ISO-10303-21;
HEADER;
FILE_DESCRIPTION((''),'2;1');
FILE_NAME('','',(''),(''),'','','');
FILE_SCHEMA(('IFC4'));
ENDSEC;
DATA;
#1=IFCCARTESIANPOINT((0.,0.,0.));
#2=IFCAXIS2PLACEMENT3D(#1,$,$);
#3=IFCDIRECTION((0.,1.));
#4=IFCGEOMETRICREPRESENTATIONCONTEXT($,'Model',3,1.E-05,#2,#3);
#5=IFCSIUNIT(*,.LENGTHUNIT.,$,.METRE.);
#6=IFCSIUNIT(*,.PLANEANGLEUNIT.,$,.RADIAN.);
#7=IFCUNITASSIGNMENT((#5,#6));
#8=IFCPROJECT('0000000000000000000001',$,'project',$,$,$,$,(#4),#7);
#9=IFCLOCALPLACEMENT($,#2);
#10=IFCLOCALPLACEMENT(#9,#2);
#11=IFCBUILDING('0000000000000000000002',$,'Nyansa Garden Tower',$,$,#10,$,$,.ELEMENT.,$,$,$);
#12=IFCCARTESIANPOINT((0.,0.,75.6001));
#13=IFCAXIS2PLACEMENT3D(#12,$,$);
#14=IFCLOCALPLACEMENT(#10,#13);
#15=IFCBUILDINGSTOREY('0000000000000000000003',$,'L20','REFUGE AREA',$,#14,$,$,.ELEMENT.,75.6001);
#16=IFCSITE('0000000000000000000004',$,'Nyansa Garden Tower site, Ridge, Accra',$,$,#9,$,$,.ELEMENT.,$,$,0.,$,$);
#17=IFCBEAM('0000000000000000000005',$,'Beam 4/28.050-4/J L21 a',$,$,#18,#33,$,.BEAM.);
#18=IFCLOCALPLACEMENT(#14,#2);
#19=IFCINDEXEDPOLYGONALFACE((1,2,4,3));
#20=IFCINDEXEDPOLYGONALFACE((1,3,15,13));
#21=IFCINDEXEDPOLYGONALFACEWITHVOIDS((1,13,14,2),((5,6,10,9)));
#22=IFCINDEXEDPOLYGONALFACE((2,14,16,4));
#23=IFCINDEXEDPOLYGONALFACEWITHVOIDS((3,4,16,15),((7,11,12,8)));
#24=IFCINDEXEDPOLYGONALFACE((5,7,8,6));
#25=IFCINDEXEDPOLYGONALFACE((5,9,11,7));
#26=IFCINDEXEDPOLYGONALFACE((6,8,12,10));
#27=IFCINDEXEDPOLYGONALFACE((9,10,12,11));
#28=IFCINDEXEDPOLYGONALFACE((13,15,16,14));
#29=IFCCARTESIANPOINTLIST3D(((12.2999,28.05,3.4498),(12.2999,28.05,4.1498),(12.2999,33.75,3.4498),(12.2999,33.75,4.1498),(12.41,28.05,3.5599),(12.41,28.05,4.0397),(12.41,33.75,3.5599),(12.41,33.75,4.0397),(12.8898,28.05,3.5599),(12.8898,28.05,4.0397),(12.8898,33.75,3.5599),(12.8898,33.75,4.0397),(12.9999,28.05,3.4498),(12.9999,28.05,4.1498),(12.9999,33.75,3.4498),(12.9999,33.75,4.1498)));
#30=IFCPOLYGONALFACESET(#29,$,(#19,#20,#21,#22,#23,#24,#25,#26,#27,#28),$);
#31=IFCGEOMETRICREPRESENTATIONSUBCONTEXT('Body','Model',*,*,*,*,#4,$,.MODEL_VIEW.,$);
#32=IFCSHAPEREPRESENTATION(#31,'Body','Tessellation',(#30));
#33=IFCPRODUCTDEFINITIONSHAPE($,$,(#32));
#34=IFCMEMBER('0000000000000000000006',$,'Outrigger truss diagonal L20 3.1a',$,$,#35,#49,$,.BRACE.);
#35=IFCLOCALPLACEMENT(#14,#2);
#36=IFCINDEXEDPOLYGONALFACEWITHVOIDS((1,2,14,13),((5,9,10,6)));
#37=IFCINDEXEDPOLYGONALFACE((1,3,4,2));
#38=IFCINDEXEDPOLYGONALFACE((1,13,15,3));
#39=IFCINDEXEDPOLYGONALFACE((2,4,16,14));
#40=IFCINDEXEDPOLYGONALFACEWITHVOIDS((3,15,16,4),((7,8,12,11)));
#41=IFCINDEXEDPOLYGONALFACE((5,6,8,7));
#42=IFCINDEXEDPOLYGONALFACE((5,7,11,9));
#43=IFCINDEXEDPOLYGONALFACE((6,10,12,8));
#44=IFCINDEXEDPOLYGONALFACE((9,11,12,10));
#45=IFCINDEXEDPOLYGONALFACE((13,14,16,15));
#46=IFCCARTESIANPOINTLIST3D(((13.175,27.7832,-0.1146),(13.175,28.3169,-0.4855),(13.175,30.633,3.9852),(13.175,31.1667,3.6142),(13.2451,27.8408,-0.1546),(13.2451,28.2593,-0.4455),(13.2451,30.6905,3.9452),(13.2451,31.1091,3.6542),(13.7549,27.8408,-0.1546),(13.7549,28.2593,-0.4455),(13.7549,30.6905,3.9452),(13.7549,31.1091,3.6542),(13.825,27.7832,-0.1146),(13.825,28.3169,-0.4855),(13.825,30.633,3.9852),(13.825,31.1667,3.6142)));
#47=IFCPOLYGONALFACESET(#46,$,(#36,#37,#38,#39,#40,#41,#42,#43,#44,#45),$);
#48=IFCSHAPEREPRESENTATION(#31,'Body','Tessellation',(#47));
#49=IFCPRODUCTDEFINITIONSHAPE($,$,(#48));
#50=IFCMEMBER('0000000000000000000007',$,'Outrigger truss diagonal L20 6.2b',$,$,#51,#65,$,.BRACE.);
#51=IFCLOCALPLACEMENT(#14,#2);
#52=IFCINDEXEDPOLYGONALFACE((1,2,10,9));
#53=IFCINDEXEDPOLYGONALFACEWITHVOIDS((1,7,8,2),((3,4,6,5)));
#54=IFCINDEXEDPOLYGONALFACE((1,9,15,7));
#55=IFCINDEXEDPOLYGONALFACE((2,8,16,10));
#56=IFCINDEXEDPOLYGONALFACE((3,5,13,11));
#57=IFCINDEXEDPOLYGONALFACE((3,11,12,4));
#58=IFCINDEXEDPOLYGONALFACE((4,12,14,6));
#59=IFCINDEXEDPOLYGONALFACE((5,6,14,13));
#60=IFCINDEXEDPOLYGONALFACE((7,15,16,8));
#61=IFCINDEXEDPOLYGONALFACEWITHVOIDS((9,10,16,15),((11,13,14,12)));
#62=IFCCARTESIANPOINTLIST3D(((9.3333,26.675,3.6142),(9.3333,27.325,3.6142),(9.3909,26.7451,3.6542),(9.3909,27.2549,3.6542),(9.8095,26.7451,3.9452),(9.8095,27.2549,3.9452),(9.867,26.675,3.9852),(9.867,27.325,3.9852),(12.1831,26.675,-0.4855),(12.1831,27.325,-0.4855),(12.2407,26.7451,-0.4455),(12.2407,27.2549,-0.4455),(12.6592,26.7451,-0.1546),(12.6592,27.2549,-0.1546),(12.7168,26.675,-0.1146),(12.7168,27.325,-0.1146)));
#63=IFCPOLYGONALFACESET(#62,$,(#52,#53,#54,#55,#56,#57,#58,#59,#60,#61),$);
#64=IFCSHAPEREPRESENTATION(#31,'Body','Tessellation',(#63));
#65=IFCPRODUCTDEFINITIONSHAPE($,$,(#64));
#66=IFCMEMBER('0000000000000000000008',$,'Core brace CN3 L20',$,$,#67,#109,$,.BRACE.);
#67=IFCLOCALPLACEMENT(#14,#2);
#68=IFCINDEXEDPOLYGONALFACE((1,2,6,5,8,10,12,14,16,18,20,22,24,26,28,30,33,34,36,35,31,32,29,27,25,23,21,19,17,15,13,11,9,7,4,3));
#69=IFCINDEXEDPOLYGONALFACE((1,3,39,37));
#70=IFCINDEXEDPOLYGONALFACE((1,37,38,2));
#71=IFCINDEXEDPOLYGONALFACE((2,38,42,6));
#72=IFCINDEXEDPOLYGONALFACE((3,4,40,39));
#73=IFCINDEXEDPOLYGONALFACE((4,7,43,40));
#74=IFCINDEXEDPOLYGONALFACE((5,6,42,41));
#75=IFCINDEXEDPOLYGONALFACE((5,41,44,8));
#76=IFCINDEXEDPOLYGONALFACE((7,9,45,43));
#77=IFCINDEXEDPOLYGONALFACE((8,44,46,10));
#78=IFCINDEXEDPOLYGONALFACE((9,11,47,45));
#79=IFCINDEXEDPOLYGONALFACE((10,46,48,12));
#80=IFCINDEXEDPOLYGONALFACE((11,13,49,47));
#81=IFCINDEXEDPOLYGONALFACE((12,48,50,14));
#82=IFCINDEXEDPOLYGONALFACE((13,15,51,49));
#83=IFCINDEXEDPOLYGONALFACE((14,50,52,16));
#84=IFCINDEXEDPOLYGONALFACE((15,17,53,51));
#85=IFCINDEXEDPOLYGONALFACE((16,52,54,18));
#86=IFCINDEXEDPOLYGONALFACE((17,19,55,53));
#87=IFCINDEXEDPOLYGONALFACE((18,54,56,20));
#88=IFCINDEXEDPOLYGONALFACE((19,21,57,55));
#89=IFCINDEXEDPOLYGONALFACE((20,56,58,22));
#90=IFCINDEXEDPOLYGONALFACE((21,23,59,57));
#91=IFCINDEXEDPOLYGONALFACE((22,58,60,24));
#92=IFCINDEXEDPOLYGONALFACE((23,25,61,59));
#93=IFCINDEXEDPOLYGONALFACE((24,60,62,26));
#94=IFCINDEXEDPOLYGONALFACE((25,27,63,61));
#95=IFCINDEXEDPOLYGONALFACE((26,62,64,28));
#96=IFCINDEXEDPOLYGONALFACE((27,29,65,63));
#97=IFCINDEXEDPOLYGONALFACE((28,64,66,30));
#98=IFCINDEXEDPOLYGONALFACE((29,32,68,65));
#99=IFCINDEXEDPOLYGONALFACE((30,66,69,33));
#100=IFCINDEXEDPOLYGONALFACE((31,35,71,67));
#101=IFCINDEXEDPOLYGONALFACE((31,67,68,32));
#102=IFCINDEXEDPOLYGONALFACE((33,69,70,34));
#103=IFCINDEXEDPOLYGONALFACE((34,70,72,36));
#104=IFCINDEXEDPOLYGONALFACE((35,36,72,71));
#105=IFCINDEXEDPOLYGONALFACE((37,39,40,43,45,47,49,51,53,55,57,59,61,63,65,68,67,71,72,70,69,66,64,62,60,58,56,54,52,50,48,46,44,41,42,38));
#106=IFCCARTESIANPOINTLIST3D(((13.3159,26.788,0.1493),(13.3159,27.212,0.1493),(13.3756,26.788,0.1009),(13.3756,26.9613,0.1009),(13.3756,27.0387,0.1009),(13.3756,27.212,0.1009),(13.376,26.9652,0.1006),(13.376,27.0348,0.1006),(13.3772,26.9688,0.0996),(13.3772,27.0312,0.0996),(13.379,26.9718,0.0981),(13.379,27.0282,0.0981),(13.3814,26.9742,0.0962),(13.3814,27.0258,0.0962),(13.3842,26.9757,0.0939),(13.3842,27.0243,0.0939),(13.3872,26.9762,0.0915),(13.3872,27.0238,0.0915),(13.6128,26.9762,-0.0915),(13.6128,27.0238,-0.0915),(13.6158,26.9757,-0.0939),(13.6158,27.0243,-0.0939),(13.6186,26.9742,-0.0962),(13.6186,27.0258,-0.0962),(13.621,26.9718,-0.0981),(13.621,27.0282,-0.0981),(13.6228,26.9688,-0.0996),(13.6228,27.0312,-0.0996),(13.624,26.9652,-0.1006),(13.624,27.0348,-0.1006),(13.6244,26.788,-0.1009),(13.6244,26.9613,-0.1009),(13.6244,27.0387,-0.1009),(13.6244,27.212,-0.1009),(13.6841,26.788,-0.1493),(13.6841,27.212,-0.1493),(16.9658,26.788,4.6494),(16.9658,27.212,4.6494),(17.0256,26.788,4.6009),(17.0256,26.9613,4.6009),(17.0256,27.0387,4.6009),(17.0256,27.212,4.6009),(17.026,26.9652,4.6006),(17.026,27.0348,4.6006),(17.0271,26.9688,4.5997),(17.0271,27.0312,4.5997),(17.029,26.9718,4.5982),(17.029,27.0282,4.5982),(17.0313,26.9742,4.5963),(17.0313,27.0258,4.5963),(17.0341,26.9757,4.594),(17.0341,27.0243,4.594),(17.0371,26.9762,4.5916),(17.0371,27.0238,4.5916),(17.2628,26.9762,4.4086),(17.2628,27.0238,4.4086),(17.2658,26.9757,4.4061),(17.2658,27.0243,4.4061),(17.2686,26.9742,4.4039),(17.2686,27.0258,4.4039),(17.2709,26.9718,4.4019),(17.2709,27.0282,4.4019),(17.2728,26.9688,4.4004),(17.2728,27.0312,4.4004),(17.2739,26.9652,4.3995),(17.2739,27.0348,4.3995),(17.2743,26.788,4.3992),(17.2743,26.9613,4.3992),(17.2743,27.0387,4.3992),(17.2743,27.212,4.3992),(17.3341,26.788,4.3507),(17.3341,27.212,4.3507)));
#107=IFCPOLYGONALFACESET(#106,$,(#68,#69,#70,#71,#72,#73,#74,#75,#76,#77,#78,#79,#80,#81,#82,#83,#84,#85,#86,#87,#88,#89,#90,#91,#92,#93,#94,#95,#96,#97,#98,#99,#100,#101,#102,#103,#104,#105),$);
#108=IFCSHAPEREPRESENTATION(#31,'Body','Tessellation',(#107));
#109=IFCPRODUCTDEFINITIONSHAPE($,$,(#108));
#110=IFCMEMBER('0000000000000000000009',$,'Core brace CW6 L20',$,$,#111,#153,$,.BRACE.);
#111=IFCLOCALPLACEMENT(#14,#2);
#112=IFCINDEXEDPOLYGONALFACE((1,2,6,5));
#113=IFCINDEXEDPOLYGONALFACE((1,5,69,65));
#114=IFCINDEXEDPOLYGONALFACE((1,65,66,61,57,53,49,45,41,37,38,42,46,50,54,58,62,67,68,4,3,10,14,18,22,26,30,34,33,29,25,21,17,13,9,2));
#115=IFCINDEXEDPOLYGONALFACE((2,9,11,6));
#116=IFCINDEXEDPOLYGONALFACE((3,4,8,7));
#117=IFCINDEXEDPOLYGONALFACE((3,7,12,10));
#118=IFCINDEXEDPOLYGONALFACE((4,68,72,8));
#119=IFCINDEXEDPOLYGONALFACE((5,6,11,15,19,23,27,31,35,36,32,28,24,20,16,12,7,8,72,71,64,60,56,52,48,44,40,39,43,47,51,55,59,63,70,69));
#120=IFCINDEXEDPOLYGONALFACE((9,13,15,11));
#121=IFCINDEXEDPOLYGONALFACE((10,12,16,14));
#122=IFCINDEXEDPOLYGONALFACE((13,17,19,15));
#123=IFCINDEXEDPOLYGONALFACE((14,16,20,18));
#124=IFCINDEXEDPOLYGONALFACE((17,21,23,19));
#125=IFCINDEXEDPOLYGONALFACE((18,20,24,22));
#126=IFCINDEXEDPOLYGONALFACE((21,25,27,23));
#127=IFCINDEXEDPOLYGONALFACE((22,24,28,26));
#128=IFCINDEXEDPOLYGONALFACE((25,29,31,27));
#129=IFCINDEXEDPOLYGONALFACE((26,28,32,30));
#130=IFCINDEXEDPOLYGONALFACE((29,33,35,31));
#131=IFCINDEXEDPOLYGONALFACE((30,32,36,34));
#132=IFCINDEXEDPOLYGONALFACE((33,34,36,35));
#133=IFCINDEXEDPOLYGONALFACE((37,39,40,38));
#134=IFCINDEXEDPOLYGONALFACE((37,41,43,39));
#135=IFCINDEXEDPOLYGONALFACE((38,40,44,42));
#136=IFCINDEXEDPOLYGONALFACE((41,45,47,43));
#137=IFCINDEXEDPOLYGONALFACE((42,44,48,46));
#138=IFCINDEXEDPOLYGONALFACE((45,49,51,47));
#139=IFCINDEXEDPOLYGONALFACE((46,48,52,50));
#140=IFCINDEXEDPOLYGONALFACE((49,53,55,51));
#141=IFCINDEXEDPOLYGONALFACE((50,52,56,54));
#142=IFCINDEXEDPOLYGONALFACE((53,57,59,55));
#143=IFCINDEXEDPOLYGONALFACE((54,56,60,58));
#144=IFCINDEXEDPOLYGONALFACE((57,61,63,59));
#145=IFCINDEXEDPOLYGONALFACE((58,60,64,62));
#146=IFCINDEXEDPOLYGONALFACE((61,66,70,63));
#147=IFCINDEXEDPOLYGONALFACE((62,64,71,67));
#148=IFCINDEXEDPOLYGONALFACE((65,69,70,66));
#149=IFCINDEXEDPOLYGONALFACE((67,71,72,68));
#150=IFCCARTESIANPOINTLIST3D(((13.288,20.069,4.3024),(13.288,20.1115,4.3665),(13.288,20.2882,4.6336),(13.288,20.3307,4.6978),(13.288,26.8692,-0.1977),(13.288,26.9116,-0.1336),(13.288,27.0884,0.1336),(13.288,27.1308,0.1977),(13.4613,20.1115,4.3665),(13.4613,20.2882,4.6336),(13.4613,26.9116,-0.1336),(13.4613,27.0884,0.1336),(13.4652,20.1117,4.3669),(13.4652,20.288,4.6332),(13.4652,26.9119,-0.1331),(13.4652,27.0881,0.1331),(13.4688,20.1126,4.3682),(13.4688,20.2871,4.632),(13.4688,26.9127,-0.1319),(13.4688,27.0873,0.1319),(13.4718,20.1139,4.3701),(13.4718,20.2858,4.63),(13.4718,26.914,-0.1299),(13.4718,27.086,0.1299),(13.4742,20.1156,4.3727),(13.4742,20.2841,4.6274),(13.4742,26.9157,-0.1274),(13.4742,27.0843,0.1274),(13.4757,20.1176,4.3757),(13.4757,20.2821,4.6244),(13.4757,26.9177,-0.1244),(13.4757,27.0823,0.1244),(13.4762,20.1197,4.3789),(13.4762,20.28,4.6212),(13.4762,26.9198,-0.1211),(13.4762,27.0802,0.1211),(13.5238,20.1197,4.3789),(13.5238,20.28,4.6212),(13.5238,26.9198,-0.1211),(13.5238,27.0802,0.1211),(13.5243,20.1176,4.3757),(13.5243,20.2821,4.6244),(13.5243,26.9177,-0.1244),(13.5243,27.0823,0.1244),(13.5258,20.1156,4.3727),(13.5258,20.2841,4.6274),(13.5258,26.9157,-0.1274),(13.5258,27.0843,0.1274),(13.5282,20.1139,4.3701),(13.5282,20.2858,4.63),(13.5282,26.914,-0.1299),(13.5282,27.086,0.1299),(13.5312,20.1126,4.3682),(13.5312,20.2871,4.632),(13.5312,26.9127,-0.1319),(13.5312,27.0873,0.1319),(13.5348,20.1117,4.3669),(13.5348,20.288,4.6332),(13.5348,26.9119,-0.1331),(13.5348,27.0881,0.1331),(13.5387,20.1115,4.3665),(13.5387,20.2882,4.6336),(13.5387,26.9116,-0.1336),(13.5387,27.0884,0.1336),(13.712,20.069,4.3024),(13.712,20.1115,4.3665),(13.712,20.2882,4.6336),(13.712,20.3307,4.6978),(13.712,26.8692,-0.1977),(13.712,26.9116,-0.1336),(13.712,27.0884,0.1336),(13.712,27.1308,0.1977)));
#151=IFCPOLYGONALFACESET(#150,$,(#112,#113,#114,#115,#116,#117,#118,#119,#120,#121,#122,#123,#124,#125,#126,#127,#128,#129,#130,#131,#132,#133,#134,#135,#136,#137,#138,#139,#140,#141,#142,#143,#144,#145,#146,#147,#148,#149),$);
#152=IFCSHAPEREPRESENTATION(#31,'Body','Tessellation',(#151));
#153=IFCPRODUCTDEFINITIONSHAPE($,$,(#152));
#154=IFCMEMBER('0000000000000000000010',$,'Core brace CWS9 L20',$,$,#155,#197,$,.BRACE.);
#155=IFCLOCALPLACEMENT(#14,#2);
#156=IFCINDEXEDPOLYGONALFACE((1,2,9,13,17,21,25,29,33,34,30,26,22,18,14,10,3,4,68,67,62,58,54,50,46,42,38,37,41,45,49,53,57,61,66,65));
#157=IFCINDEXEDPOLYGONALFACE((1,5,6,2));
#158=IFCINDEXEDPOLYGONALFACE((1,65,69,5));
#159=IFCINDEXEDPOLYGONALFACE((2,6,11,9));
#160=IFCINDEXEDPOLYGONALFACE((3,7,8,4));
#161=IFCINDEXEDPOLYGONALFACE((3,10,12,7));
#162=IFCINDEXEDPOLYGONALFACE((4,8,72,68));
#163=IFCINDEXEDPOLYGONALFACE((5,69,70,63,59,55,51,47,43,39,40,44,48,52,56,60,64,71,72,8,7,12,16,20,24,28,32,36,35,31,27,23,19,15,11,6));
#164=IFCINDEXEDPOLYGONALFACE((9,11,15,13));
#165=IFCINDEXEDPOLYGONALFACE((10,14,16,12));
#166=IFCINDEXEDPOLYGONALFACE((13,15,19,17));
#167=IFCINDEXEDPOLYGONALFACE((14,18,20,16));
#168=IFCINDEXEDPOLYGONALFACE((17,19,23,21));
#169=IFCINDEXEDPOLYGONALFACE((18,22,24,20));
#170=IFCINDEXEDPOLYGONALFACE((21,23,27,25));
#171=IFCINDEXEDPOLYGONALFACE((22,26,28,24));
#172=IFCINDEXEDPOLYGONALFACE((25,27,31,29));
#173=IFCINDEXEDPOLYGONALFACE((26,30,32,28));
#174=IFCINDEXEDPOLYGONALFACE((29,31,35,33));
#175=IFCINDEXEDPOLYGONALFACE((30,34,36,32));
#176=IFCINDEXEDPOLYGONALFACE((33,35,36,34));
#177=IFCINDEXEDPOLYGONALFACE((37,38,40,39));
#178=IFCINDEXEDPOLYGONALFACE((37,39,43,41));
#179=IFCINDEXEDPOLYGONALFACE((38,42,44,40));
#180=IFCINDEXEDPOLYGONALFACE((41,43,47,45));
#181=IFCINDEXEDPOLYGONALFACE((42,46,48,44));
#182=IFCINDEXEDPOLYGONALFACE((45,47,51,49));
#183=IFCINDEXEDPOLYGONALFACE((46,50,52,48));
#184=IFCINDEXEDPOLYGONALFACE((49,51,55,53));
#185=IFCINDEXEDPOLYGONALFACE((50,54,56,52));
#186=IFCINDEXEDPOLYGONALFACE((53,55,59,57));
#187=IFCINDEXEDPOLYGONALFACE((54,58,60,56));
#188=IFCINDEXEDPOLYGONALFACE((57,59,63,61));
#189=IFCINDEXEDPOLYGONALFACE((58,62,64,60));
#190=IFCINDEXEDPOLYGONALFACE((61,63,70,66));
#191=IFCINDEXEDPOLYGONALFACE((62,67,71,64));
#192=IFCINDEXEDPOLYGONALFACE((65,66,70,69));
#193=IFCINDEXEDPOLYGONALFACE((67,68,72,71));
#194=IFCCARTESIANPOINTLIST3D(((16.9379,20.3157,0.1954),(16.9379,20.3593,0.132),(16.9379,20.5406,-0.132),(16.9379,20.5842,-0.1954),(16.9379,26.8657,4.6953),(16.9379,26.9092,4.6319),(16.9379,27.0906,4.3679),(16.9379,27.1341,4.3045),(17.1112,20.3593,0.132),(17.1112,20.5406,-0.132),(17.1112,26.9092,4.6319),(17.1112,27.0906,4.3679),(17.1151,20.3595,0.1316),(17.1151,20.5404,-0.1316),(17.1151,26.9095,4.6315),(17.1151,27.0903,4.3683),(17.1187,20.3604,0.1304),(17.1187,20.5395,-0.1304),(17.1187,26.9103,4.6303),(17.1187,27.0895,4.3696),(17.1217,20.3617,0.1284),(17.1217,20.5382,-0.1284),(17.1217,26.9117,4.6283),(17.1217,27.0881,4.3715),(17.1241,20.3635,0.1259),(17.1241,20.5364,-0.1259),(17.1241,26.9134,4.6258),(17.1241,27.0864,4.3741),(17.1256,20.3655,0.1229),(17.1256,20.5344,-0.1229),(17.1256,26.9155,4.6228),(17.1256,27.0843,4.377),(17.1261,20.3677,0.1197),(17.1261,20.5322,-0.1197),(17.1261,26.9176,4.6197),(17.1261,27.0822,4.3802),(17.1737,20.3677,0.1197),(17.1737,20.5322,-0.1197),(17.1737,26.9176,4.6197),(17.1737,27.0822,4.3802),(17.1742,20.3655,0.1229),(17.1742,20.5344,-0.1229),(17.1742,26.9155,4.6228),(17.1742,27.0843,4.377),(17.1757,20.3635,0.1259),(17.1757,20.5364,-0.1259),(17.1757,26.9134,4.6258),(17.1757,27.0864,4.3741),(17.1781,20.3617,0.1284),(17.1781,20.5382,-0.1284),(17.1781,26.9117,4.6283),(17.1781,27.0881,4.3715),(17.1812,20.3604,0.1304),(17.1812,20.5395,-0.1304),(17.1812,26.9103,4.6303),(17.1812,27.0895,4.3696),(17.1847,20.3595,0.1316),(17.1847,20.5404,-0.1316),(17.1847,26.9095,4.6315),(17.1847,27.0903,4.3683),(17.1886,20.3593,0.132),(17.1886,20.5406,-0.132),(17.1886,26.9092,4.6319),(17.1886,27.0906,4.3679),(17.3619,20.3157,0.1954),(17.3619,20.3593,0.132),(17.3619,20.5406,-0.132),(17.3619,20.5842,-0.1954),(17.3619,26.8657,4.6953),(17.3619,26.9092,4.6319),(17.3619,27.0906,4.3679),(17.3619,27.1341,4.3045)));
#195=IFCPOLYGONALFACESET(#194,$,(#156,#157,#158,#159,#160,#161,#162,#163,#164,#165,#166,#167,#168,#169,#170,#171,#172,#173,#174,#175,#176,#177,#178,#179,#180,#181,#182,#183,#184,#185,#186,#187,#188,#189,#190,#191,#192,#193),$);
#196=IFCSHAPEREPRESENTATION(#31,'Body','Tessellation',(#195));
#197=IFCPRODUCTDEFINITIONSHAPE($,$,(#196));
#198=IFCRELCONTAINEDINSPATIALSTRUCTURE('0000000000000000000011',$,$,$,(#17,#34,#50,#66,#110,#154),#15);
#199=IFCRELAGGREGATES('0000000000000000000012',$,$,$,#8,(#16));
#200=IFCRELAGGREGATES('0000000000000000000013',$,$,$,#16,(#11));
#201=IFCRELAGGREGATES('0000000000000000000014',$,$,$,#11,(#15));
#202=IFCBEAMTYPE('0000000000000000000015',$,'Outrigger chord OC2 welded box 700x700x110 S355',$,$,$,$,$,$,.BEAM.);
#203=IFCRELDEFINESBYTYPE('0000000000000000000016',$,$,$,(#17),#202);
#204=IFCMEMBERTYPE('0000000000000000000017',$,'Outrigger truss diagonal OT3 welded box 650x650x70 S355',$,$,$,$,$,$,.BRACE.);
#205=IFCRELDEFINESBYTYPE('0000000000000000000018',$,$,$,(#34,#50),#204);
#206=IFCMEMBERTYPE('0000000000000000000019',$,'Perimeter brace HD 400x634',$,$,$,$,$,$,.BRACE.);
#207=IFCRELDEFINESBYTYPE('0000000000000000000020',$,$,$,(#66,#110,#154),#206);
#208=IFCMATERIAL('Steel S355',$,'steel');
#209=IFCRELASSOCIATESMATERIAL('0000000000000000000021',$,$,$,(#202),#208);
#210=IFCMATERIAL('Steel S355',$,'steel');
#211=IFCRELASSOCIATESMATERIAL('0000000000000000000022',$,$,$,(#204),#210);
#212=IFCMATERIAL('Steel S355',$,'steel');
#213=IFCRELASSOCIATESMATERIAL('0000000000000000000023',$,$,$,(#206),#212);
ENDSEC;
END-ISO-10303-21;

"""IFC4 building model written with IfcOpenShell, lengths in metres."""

from ifc_helpers import new_model, si_unit, direction, frame, origin, origin_2d, place, context, subcontext, project, spatial, hollow_rectangle, i_section, extrude, material, material_profile, profile_set, type_object, element, save


model = new_model("IFC4")

# Units and contexts
model_context = context("Model", 3, precision=1e-05, world=origin(), true_north=direction((0.0, 1.0)))
body_context = subcontext(model_context, "Body", "Model", "MODEL_VIEW")
ifc_project = project(units=[si_unit("LENGTHUNIT", "METRE"), si_unit("PLANEANGLEUNIT", "RADIAN")], contexts=[model_context])

# Site, building, storey
site_placement = place(None, origin())
site = spatial("IfcSite", under=ifc_project, at=site_placement, Name="Nyansa Garden Tower site, Ridge, Accra", CompositionType="ELEMENT", RefElevation=0.0)
building_placement = place(site_placement, origin())
building = spatial("IfcBuilding", under=site, at=building_placement, Name="Nyansa Garden Tower", CompositionType="ELEMENT")
storey_placement = place(building_placement, frame((0.0, 0.0, 75.6001)))
storey = spatial("IfcBuildingStorey", under=building, at=storey_placement, Name="L20", Description="REFUGE AREA", CompositionType="ELEMENT", Elevation=75.6001)

# Beam
ifc_material_1 = material(Name="Steel S355", Category="steel")
ifc_material_profile_1 = material_profile(ifc_material_1, hollow_rectangle(XDim=0.7, YDim=0.7, WallThickness=0.1101, at=origin_2d()), Name="Welded box 700x700x110")
ifc_profile_set_1 = profile_set([ifc_material_profile_1], Name="Steel S355")
beam_type_1 = type_object("IfcBeamType", Name="Outrigger chord OC2 welded box 700x700x110 S355", PredefinedType="BEAM", material=ifc_profile_set_1)
beam_placement = place(storey_placement, frame((12.6499, 28.05, 3.7998), z_axis=(0.0, 1.0, 0.0), x_axis=(-1.0, 0.0, 0.0)))
element("IfcBeam", 1, at=beam_placement, inside=storey, type_object=beam_type_1, Name="Beam 4/28.050-4/J L21 a", PredefinedType="BEAM", context=body_context, shape_type="SweptSolid", body=[
    extrude(hollow_rectangle(XDim=0.7, YDim=0.7, WallThickness=0.1101, at=origin_2d()), origin(), (0.0, 0.0, 1.0), 5.7),
])

# Members
ifc_material_2 = material(Name="Steel S355", Category="steel")
ifc_material_profile_2 = material_profile(ifc_material_2, hollow_rectangle(XDim=0.6499, YDim=0.6499, WallThickness=0.0701, at=origin_2d()), Name="Welded box 650x650x70")
ifc_profile_set_2 = profile_set([ifc_material_profile_2], Name="Steel S355")
member_type_1 = type_object("IfcMemberType", Name="Outrigger truss diagonal OT3 welded box 650x650x70 S355", PredefinedType="BRACE", material=ifc_profile_set_2)
for number, where, z_axis, x_axis, name in (
    (2, (13.5, 28.05, -0.3), (0.0, 0.570765, 0.821113), (-1.0, 0.0, 0.0), "Outrigger truss diagonal L20 3.1a"),
    (3, (12.45, 27.0, -0.3), (-0.570765, 0.0, 0.821113), (0.0, -1.0, 0.0), "Outrigger truss diagonal L20 6.2b"),
):
    element("IfcMember", number, at=place(storey_placement, frame(where, z_axis=z_axis, x_axis=x_axis)), inside=storey, type_object=member_type_1, Name=name, PredefinedType="BRACE", context=body_context, shape_type="SweptSolid", body=[
        extrude(hollow_rectangle(XDim=0.6499, YDim=0.6499, WallThickness=0.0701, at=origin_2d()), origin(), (0.0, 0.0, 1.0), 4.9929),
    ])
ifc_material_3 = material(Name="Steel S355", Category="steel")
ifc_material_profile_3 = material_profile(ifc_material_3, i_section(OverallWidth=0.4241, OverallDepth=0.4741, WebThickness=0.0476, FlangeThickness=0.0769, FilletRadius=0.0149, at=origin_2d()), Name="HD 400x634")
ifc_profile_set_3 = profile_set([ifc_material_profile_3], Name="Steel S355")
member_type_2 = type_object("IfcMemberType", Name="Perimeter brace HD 400x634", PredefinedType="BRACE", material=ifc_profile_set_3)
member_1_placement = place(storey_placement, frame((13.5, 27.0, 0.0), z_axis=(0.629932, 0.0, 0.77665), x_axis=(0.0, 1.0, 0.0)))
element("IfcMember", 4, at=member_1_placement, inside=storey, type_object=member_type_2, Name="Core brace CN3 L20", PredefinedType="BRACE", context=body_context, shape_type="SweptSolid", body=[
    extrude(i_section(OverallWidth=0.4241, OverallDepth=0.4741, WebThickness=0.0476, FlangeThickness=0.0769, FilletRadius=0.0149, at=origin_2d()), origin(), (0.0, 0.0, 1.0), 5.7942),
])
member_2_placement = place(storey_placement, frame((13.5, 27.0, 0.0), z_axis=(0.0, -0.833934, 0.551864), x_axis=(1.0, 0.0, 0.0)))
element("IfcMember", 5, at=member_2_placement, inside=storey, type_object=member_type_2, Name="Core brace CW6 L20", PredefinedType="BRACE", context=body_context, shape_type="SweptSolid", body=[
    extrude(i_section(OverallWidth=0.4241, OverallDepth=0.4741, WebThickness=0.0476, FlangeThickness=0.0769, FilletRadius=0.0149, at=origin_2d()), origin(), (0.0, 0.0, 1.0), 8.1543),
])
member_3_placement = place(storey_placement, frame((17.1499, 20.45, 0.0), z_axis=(0.0, 0.824227, 0.566259), x_axis=(-1.0, 0.0, 0.0)))
element("IfcMember", 6, at=member_3_placement, inside=storey, type_object=member_type_2, Name="Core brace CWS9 L20", PredefinedType="BRACE", context=body_context, shape_type="SweptSolid", body=[
    extrude(i_section(OverallWidth=0.4241, OverallDepth=0.4741, WebThickness=0.0476, FlangeThickness=0.0769, FilletRadius=0.0149, at=origin_2d()), origin(), (0.0, 0.0, 1.0), 7.9468),
])

save(model, "model.ifc")
